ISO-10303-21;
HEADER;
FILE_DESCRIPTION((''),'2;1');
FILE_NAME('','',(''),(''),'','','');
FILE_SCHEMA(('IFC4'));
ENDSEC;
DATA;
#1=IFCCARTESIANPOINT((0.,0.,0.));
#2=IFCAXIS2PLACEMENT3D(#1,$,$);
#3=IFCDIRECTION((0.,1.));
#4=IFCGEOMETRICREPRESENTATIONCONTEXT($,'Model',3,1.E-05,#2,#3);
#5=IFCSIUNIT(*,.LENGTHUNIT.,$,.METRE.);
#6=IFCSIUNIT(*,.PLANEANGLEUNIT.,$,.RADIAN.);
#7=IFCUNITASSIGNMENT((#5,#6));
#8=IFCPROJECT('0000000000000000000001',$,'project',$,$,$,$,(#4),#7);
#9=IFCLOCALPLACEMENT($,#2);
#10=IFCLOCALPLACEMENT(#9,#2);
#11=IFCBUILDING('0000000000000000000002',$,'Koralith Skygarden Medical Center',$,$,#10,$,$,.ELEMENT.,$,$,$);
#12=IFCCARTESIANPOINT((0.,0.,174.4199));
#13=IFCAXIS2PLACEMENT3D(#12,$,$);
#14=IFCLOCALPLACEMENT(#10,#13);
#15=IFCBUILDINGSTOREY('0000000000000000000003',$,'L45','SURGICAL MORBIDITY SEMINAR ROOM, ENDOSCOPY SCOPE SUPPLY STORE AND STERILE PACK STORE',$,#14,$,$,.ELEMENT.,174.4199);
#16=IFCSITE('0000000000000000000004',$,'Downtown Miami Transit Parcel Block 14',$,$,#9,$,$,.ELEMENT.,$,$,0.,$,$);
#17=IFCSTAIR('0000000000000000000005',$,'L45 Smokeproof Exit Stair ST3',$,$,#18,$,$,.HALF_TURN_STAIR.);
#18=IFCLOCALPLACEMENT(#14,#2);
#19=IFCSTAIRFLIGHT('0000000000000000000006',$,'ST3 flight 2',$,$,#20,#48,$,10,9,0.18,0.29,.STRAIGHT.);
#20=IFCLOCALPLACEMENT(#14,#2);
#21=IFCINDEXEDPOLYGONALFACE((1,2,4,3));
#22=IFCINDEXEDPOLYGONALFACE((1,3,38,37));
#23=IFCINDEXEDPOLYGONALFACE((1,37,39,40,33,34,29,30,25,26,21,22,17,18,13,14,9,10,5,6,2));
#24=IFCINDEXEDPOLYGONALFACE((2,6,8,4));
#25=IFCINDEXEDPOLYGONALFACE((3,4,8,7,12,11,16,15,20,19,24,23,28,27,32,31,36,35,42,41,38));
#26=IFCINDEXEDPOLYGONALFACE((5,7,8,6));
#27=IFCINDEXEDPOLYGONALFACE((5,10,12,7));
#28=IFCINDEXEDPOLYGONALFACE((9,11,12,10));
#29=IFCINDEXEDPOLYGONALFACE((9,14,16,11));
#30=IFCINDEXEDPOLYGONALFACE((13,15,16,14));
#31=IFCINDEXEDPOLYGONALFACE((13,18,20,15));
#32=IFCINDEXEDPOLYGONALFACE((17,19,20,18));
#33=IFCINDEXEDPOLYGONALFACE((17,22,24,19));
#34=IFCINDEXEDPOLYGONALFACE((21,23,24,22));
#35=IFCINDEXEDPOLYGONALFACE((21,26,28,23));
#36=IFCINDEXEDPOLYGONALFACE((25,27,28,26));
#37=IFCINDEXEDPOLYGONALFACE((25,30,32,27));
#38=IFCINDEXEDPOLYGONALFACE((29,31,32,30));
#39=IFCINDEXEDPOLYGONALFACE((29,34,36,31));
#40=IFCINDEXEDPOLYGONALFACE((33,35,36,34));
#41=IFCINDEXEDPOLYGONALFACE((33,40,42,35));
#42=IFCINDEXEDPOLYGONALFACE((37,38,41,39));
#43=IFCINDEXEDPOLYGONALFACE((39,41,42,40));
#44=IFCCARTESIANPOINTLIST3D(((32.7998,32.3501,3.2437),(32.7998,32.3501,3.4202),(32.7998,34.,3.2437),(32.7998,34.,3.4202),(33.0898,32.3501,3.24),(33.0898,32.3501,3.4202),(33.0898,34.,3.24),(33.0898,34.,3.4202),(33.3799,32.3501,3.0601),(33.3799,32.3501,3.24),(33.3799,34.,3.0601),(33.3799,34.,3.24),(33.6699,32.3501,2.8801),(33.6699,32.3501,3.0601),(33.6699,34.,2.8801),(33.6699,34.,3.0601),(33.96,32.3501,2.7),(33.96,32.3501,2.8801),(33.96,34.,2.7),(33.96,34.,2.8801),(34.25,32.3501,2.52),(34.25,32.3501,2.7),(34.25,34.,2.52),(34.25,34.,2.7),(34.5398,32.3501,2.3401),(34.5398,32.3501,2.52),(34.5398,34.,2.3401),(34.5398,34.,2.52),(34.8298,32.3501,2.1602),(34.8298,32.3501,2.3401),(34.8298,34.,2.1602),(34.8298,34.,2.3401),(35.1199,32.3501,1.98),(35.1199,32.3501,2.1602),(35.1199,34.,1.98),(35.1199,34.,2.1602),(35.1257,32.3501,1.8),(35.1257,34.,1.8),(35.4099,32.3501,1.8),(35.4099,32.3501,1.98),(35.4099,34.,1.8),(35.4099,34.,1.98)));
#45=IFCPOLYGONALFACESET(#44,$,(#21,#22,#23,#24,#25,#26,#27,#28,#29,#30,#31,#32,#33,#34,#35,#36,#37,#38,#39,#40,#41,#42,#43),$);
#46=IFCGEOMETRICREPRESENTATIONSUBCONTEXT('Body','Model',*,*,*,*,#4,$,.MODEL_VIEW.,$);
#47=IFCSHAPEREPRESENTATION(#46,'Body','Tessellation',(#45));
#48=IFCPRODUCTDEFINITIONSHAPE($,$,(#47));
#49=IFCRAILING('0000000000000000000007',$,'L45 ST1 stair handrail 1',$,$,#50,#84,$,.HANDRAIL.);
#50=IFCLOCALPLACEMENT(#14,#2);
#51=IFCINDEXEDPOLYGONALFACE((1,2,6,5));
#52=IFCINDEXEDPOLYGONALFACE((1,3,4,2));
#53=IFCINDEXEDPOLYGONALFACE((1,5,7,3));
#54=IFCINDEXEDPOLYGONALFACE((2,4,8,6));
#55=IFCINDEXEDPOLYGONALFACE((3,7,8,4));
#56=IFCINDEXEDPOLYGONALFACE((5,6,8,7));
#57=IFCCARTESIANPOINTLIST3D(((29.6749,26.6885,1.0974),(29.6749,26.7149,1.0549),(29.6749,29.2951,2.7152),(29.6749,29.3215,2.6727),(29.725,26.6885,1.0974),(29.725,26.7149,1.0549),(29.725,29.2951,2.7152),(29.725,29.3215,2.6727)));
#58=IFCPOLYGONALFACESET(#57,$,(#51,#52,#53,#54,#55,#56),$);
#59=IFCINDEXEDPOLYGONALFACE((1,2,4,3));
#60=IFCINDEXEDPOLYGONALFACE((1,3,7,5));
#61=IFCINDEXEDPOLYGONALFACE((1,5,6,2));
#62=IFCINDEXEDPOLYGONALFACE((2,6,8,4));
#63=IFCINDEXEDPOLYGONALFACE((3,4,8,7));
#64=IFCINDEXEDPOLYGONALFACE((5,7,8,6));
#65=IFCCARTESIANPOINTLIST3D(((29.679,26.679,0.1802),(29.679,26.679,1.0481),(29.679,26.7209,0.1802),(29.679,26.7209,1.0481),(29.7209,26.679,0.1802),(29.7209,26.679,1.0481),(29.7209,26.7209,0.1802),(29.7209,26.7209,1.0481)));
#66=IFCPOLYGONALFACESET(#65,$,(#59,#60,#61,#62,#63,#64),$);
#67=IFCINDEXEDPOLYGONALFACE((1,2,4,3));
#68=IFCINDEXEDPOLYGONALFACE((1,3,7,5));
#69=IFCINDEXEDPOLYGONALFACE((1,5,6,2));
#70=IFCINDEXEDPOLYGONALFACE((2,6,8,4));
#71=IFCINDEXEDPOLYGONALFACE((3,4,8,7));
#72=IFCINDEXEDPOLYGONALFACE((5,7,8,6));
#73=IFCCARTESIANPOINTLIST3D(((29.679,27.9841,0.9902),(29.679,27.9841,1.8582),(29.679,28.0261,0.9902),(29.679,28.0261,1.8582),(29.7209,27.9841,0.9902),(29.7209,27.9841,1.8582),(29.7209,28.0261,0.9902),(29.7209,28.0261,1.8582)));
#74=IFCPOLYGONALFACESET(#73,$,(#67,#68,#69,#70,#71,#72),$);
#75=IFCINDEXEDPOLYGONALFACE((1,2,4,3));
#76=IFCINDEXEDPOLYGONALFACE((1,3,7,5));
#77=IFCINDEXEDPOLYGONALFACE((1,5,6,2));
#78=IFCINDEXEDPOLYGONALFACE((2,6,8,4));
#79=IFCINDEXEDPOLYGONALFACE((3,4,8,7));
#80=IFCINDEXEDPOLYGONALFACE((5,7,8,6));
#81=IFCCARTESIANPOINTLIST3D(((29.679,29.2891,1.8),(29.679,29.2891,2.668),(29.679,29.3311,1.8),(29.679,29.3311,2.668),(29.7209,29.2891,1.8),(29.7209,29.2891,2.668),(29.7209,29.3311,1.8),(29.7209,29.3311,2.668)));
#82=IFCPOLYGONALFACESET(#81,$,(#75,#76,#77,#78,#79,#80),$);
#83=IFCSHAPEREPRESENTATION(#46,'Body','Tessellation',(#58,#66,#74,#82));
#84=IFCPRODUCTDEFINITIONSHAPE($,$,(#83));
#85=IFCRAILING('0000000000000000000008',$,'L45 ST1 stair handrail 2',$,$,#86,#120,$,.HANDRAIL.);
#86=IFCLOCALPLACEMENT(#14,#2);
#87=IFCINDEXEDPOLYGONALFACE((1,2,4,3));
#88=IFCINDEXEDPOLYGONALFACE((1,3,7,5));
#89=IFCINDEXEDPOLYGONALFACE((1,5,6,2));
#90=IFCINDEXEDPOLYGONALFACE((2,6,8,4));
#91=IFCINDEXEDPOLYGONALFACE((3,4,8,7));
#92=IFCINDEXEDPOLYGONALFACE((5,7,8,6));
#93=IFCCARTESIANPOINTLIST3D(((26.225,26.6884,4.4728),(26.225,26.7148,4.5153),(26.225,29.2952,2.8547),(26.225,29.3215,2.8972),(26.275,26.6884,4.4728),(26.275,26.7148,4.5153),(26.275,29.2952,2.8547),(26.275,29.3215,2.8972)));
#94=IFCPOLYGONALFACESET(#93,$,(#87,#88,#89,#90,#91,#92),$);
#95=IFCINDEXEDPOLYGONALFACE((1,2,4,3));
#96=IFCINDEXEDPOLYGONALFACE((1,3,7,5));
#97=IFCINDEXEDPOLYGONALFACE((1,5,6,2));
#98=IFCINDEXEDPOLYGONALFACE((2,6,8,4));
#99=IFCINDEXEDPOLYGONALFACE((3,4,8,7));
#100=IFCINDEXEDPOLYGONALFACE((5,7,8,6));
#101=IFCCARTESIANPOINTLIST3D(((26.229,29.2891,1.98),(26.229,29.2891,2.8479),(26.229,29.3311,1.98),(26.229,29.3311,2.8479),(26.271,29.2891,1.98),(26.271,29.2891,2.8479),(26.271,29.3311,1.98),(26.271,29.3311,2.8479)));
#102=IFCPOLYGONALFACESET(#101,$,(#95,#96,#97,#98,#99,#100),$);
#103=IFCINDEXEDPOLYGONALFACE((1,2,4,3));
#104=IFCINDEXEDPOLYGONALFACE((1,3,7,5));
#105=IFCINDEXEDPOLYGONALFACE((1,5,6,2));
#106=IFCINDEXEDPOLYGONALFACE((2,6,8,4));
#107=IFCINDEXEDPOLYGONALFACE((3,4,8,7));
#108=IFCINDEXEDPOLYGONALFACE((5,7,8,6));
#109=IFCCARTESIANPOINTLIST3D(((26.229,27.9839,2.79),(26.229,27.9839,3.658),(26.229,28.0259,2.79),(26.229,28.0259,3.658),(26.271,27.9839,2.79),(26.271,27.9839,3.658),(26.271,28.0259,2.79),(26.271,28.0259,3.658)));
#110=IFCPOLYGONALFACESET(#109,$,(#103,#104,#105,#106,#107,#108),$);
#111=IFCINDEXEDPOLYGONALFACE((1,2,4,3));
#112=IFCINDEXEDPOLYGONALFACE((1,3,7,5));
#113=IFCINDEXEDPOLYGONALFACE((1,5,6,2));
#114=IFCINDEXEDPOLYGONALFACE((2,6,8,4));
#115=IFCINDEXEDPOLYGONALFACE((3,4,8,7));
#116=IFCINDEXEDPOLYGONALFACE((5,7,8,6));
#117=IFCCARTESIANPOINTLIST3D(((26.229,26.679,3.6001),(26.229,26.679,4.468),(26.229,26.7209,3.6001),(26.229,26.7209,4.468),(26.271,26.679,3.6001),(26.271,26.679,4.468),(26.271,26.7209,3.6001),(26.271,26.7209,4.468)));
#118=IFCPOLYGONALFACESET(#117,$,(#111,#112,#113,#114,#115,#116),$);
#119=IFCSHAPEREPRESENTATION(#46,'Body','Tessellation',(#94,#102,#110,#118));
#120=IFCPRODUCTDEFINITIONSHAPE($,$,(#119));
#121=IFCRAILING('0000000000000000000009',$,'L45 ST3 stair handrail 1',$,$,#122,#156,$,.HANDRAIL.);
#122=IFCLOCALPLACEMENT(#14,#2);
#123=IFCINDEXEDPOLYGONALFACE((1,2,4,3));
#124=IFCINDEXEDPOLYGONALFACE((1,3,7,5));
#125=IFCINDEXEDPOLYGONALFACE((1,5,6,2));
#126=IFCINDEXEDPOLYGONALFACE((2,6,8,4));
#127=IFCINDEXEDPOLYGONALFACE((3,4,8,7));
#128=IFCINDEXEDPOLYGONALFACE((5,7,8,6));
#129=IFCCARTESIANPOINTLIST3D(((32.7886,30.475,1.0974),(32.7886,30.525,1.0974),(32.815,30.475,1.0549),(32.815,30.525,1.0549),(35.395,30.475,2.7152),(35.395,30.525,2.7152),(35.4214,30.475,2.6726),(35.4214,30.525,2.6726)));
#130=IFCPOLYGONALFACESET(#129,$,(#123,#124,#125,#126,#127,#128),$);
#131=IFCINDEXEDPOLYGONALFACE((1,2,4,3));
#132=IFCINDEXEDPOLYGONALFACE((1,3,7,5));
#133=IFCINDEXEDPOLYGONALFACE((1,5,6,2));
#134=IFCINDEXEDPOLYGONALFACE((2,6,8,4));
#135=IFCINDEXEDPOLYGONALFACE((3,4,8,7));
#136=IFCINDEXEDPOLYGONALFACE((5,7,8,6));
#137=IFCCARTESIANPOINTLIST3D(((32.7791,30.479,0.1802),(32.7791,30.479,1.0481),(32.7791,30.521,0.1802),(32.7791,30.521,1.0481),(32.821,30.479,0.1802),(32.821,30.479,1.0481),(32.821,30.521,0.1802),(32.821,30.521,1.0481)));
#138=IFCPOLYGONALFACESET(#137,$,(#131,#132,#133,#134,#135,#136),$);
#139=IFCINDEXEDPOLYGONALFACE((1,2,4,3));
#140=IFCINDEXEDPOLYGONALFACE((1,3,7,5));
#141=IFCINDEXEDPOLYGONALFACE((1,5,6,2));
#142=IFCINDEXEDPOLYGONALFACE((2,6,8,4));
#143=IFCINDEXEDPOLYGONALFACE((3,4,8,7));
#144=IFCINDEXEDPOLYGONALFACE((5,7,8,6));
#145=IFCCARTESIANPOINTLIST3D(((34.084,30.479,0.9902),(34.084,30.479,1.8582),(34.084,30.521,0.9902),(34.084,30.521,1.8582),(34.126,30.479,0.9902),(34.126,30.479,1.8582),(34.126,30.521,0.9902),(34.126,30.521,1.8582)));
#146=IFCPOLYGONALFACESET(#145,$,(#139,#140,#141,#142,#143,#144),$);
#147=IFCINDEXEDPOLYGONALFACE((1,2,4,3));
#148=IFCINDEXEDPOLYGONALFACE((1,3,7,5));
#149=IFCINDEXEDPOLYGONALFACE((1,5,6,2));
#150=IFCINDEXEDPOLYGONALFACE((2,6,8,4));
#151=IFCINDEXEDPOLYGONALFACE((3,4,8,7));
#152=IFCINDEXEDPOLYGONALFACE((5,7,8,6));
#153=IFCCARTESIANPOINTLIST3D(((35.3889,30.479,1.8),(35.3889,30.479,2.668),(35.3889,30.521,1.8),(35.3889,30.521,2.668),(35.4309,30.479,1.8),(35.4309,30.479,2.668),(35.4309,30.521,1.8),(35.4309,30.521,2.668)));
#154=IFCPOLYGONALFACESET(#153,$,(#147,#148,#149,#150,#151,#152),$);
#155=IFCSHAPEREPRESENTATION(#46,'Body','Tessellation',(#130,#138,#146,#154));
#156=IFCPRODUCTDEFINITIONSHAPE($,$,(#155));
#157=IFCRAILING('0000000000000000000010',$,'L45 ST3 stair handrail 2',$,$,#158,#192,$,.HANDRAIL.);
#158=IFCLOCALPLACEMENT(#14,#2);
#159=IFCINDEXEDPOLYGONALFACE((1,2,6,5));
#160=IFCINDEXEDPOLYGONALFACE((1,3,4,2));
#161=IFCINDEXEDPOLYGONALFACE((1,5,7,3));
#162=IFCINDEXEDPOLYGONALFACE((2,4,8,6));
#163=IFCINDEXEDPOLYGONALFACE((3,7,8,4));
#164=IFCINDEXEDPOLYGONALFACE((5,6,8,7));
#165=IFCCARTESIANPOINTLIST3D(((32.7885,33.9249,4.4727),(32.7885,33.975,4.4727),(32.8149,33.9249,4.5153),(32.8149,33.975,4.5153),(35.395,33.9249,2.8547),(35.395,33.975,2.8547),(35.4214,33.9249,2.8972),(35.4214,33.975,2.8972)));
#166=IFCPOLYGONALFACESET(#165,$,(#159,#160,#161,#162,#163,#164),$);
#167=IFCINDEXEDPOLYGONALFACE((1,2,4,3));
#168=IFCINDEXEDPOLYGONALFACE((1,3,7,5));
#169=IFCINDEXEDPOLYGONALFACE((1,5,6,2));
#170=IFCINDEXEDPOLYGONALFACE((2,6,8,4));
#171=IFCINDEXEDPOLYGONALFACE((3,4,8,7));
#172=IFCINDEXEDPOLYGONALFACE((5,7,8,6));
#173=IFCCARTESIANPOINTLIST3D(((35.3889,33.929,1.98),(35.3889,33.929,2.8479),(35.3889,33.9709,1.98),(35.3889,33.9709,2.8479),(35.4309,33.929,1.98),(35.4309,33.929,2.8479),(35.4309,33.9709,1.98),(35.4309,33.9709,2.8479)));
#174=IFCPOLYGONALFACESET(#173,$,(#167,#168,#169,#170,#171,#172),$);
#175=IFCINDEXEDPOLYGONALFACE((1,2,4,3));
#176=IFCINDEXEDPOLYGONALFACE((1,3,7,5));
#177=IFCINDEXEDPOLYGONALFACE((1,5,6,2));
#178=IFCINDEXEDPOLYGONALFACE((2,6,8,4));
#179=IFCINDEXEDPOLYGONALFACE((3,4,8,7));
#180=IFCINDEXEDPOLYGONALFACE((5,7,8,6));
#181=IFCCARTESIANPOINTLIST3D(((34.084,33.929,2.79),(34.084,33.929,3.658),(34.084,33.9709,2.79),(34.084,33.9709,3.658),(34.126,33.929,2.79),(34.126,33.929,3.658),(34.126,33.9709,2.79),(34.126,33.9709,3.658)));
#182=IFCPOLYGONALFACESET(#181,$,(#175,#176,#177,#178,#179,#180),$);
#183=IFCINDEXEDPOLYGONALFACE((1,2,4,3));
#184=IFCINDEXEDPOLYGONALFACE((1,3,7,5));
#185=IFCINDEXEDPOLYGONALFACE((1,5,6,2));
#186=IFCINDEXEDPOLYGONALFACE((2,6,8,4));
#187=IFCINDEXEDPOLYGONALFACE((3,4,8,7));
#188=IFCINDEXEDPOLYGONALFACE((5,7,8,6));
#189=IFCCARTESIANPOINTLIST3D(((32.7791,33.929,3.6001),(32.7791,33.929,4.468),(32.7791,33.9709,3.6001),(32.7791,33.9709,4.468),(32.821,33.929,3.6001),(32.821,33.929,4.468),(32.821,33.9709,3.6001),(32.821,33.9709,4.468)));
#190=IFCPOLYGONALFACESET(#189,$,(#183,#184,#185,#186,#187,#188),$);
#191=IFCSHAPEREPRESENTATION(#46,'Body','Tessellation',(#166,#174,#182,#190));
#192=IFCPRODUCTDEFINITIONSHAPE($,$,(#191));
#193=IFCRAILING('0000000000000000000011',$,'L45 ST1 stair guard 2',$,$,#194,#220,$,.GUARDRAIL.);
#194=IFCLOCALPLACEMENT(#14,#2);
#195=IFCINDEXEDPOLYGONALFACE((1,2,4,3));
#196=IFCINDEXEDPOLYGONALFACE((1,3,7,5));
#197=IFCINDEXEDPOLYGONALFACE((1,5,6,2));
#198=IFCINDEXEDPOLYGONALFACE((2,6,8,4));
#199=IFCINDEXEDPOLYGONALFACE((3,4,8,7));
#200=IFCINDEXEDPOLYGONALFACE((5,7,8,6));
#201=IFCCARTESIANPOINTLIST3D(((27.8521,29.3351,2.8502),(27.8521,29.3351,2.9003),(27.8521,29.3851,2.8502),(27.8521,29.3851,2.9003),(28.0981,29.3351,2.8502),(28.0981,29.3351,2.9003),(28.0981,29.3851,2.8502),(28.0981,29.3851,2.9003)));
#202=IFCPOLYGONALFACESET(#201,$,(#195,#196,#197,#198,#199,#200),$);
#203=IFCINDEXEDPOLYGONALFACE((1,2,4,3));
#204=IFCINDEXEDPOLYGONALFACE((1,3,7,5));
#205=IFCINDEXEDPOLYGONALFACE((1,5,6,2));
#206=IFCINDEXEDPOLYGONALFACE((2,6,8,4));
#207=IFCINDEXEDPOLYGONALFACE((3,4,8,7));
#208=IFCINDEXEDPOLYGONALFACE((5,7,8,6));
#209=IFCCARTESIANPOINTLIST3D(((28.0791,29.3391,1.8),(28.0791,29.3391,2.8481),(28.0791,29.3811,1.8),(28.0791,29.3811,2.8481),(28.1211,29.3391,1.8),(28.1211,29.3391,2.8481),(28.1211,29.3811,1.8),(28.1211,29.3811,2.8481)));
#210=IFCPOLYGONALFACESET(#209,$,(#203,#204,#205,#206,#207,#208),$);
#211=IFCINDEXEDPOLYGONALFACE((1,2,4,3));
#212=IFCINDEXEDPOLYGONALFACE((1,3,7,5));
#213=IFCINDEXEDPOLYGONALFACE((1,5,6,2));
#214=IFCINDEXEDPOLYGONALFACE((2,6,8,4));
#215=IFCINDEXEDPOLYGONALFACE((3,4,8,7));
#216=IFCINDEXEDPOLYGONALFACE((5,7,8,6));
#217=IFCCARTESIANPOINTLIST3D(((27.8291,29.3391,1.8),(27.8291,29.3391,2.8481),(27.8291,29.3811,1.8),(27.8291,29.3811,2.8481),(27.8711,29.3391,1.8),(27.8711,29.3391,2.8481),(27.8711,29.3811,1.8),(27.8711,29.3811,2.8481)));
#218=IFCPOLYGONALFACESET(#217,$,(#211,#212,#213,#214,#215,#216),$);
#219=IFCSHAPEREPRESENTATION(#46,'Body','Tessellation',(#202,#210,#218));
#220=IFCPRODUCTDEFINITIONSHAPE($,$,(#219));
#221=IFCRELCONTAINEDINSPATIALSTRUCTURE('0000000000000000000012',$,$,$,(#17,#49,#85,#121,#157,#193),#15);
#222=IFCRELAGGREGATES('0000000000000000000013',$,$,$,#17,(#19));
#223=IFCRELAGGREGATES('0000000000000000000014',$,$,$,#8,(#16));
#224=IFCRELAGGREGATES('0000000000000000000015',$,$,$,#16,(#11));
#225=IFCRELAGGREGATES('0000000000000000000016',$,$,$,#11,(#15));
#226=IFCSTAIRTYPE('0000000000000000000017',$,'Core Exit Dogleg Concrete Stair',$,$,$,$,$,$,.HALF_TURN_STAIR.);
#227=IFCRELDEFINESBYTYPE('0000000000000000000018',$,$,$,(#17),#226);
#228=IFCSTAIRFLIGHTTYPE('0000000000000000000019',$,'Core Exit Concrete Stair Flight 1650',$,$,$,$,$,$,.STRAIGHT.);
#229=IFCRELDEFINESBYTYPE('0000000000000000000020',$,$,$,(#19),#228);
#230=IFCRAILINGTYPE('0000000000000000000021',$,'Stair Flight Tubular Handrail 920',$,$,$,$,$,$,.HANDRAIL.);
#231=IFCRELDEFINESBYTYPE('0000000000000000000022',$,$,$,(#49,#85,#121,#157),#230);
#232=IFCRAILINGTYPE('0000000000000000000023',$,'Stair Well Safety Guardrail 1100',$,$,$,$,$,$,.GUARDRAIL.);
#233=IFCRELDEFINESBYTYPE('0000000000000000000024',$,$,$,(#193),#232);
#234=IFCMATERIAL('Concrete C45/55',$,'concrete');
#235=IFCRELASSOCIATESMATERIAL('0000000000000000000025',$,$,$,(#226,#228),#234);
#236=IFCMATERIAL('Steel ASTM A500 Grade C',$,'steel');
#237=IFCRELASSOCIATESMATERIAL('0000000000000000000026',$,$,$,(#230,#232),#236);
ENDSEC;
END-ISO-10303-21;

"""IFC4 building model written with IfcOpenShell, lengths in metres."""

from ifc_helpers import new_model, si_unit, direction, frame, origin, origin_2d, place, context, subcontext, project, spatial, polyline, rectangle, outline, extrude, material, type_object, element, aggregate, save


model = new_model("IFC4")

# Units and contexts
model_context = context("Model", 3, precision=1e-05, world=origin(), true_north=direction((0.0, 1.0)))
body_context = subcontext(model_context, "Body", "Model", "MODEL_VIEW")
ifc_project = project(units=[si_unit("LENGTHUNIT", "METRE"), si_unit("PLANEANGLEUNIT", "RADIAN")], contexts=[model_context])

# Site, building, storey
site_placement = place(None, origin())
site = spatial("IfcSite", under=ifc_project, at=site_placement, Name="Downtown Miami Transit Parcel Block 14", CompositionType="ELEMENT", RefElevation=0.0)
building_placement = place(site_placement, origin())
building = spatial("IfcBuilding", under=site, at=building_placement, Name="Koralith Skygarden Medical Center", CompositionType="ELEMENT")
storey_placement = place(building_placement, frame((0.0, 0.0, 174.4199)))
storey = spatial("IfcBuildingStorey", under=building, at=storey_placement, Name="L45", Description="SURGICAL MORBIDITY SEMINAR ROOM, ENDOSCOPY SCOPE SUPPLY STORE AND STERILE PACK STORE", CompositionType="ELEMENT", Elevation=174.4199)

# Shared definitions
ifc_material_1 = material(Name="Concrete C45/55", Category="concrete")

# Shared definitions
ifc_material_2 = material(Name="Steel ASTM A500 Grade C", Category="steel")

# Shared definitions
stair_type = type_object("IfcStairType", Name="Core Exit Dogleg Concrete Stair", PredefinedType="HALF_TURN_STAIR", material=ifc_material_1)
stair_flight_type = type_object("IfcStairFlightType", Name="Core Exit Concrete Stair Flight 1650", PredefinedType="STRAIGHT", material=ifc_material_1)

# Stair, stair flight
stair_1_placement = place(storey_placement, origin())
stair_1 = element("IfcStair", 1, at=stair_1_placement, inside=storey, type_object=stair_type, Name="L45 Smokeproof Exit Stair ST3", PredefinedType="HALF_TURN_STAIR")
stair_flight_1_placement = place(storey_placement, frame((35.4099, 33.175, 1.8), z_axis=(0.0, 0.0, 1.0), x_axis=(-1.0, 0.0, 0.0)))
stair_flight_1 = element("IfcStairFlight", 2, at=stair_flight_1_placement, type_object=stair_flight_type, Name="ST3 flight 2", NumberOfRisers=10, NumberOfTreads=9, PredefinedType="STRAIGHT", RiserHeight=0.18, TreadLength=0.29, context=body_context, shape_type="SweptSolid", body=[
    extrude(outline(polyline([(0.0, 0.0), (0.0, 0.1799), (0.29, 0.1799), (0.29, 0.3601), (0.5801, 0.3601), (0.5801, 0.54), (0.8701, 0.54), (0.8701, 0.72), (1.1599, 0.72), (1.1599, 0.8999), (1.45, 0.8999), (1.45, 1.0801), (1.74, 1.0801), (1.74, 1.26), (2.03, 1.26), (2.03, 1.4399), (2.3201, 1.4399), (2.3201, 1.6201), (2.6101, 1.6201), (2.6101, 1.8), (2.6101, 1.4436), (0.2842, 0.0), (0.0, 0.0)])), frame((0.0, 0.825, 0.0), z_axis=(0.0, -1.0, 0.0), x_axis=(1.0, 0.0, 0.0)), (0.0, 0.0, 1.0), 1.6499),
])
aggregate(stair_1, [stair_flight_1])

# Railings
railing_type_1 = type_object("IfcRailingType", Name="Stair Flight Tubular Handrail 920", PredefinedType="HANDRAIL", material=ifc_material_2)
railing_1_placement = place(storey_placement, frame((29.7, 26.7, 0.1802)))
element("IfcRailing", 3, at=railing_1_placement, inside=storey, type_object=railing_type_1, Name="L45 ST1 stair handrail 1", PredefinedType="HANDRAIL", context=body_context, shape_type="SweptSolid", body=[
    extrude(rectangle(XDim=0.05, YDim=0.05, at=origin_2d()), frame((0.0, 0.0017, 0.896), z_axis=(0.0, 0.849668, 0.527317), x_axis=(-1.0, 0.0, 0.0)), (0.0, 0.0, 1.0), 3.0679),
    extrude(rectangle(XDim=0.042, YDim=0.042, at=origin_2d()), origin(), (0.0, 0.0, 1.0), 0.8679),
    extrude(rectangle(XDim=0.042, YDim=0.042, at=origin_2d()), frame((0.0, 1.3052, 0.8101)), (0.0, 0.0, 1.0), 0.8679),
    extrude(rectangle(XDim=0.042, YDim=0.042, at=origin_2d()), frame((0.0, 2.6101, 1.6199)), (0.0, 0.0, 1.0), 0.8679),
])
railing_2_placement = place(storey_placement, frame((26.25, 29.3101, 1.98)))
element("IfcRailing", 4, at=railing_2_placement, inside=storey, type_object=railing_type_1, Name="L45 ST1 stair handrail 2", PredefinedType="HANDRAIL", context=body_context, shape_type="SweptSolid", body=[
    extrude(rectangle(XDim=0.05, YDim=0.05, at=origin_2d()), frame((0.0, -0.0017, 0.896), z_axis=(0.0, -0.849633, 0.527375), x_axis=(1.0, 0.0, 0.0)), (0.0, 0.0, 1.0), 3.0681),
    extrude(rectangle(XDim=0.042, YDim=0.042, at=origin_2d()), origin(), (0.0, 0.0, 1.0), 0.8679),
    extrude(rectangle(XDim=0.042, YDim=0.042, at=origin_2d()), frame((0.0, -1.3052, 0.8101)), (0.0, 0.0, 1.0), 0.8679),
    extrude(rectangle(XDim=0.042, YDim=0.042, at=origin_2d()), frame((0.0, -2.6101, 1.6201)), (0.0, 0.0, 1.0), 0.8679),
])
railing_3_placement = place(storey_placement, frame((32.8, 30.5, 0.1802)))
element("IfcRailing", 5, at=railing_3_placement, inside=storey, type_object=railing_type_1, Name="L45 ST3 stair handrail 1", PredefinedType="HANDRAIL", context=body_context, shape_type="SweptSolid", body=[
    extrude(rectangle(XDim=0.05, YDim=0.05, at=origin_2d()), frame((0.0017, 0.0, 0.896), z_axis=(0.849646, 0.0, 0.527353), x_axis=(0.0, 1.0, 0.0)), (0.0, 0.0, 1.0), 3.0676),
    extrude(rectangle(XDim=0.042, YDim=0.042, at=origin_2d()), origin(), (0.0, 0.0, 1.0), 0.8679),
    extrude(rectangle(XDim=0.042, YDim=0.042, at=origin_2d()), frame((1.3049, 0.0, 0.8101)), (0.0, 0.0, 1.0), 0.8679),
    extrude(rectangle(XDim=0.042, YDim=0.042, at=origin_2d()), frame((2.6099, 0.0, 1.6199)), (0.0, 0.0, 1.0), 0.8679),
])
railing_4_placement = place(storey_placement, frame((35.4099, 33.95, 1.98)))
element("IfcRailing", 6, at=railing_4_placement, inside=storey, type_object=railing_type_1, Name="L45 ST3 stair handrail 2", PredefinedType="HANDRAIL", context=body_context, shape_type="SweptSolid", body=[
    extrude(rectangle(XDim=0.05, YDim=0.05, at=origin_2d()), frame((-0.0017, 0.0, 0.896), z_axis=(-0.849611, 0.0, 0.52741), x_axis=(0.0, -1.0, 0.0)), (0.0, 0.0, 1.0), 3.0679),
    extrude(rectangle(XDim=0.042, YDim=0.042, at=origin_2d()), origin(), (0.0, 0.0, 1.0), 0.8679),
    extrude(rectangle(XDim=0.042, YDim=0.042, at=origin_2d()), frame((-1.3049, 0.0, 0.8101)), (0.0, 0.0, 1.0), 0.8679),
    extrude(rectangle(XDim=0.042, YDim=0.042, at=origin_2d()), frame((-2.6099, 0.0, 1.6201)), (0.0, 0.0, 1.0), 0.8679),
])
railing_type_2 = type_object("IfcRailingType", Name="Stair Well Safety Guardrail 1100", PredefinedType="GUARDRAIL", material=ifc_material_2)
railing_5_placement = place(storey_placement, frame((28.1001, 29.3601, 1.8)))
element("IfcRailing", 7, at=railing_5_placement, inside=storey, type_object=railing_type_2, Name="L45 ST1 stair guard 2", PredefinedType="GUARDRAIL", context=body_context, shape_type="SweptSolid", body=[
    extrude(rectangle(XDim=0.05, YDim=0.05, at=origin_2d()), frame((-0.002, 0.0, 1.0752), z_axis=(-1.0, 0.0, 0.0), x_axis=(0.0, -1.0, 0.0)), (0.0, 0.0, 1.0), 0.2461),
    extrude(rectangle(XDim=0.042, YDim=0.042, at=origin_2d()), origin(), (0.0, 0.0, 1.0), 1.0481),
    extrude(rectangle(XDim=0.042, YDim=0.042, at=origin_2d()), frame((-0.25, 0.0, 0.0)), (0.0, 0.0, 1.0), 1.0481),
])

save(model, "model.ifc")
